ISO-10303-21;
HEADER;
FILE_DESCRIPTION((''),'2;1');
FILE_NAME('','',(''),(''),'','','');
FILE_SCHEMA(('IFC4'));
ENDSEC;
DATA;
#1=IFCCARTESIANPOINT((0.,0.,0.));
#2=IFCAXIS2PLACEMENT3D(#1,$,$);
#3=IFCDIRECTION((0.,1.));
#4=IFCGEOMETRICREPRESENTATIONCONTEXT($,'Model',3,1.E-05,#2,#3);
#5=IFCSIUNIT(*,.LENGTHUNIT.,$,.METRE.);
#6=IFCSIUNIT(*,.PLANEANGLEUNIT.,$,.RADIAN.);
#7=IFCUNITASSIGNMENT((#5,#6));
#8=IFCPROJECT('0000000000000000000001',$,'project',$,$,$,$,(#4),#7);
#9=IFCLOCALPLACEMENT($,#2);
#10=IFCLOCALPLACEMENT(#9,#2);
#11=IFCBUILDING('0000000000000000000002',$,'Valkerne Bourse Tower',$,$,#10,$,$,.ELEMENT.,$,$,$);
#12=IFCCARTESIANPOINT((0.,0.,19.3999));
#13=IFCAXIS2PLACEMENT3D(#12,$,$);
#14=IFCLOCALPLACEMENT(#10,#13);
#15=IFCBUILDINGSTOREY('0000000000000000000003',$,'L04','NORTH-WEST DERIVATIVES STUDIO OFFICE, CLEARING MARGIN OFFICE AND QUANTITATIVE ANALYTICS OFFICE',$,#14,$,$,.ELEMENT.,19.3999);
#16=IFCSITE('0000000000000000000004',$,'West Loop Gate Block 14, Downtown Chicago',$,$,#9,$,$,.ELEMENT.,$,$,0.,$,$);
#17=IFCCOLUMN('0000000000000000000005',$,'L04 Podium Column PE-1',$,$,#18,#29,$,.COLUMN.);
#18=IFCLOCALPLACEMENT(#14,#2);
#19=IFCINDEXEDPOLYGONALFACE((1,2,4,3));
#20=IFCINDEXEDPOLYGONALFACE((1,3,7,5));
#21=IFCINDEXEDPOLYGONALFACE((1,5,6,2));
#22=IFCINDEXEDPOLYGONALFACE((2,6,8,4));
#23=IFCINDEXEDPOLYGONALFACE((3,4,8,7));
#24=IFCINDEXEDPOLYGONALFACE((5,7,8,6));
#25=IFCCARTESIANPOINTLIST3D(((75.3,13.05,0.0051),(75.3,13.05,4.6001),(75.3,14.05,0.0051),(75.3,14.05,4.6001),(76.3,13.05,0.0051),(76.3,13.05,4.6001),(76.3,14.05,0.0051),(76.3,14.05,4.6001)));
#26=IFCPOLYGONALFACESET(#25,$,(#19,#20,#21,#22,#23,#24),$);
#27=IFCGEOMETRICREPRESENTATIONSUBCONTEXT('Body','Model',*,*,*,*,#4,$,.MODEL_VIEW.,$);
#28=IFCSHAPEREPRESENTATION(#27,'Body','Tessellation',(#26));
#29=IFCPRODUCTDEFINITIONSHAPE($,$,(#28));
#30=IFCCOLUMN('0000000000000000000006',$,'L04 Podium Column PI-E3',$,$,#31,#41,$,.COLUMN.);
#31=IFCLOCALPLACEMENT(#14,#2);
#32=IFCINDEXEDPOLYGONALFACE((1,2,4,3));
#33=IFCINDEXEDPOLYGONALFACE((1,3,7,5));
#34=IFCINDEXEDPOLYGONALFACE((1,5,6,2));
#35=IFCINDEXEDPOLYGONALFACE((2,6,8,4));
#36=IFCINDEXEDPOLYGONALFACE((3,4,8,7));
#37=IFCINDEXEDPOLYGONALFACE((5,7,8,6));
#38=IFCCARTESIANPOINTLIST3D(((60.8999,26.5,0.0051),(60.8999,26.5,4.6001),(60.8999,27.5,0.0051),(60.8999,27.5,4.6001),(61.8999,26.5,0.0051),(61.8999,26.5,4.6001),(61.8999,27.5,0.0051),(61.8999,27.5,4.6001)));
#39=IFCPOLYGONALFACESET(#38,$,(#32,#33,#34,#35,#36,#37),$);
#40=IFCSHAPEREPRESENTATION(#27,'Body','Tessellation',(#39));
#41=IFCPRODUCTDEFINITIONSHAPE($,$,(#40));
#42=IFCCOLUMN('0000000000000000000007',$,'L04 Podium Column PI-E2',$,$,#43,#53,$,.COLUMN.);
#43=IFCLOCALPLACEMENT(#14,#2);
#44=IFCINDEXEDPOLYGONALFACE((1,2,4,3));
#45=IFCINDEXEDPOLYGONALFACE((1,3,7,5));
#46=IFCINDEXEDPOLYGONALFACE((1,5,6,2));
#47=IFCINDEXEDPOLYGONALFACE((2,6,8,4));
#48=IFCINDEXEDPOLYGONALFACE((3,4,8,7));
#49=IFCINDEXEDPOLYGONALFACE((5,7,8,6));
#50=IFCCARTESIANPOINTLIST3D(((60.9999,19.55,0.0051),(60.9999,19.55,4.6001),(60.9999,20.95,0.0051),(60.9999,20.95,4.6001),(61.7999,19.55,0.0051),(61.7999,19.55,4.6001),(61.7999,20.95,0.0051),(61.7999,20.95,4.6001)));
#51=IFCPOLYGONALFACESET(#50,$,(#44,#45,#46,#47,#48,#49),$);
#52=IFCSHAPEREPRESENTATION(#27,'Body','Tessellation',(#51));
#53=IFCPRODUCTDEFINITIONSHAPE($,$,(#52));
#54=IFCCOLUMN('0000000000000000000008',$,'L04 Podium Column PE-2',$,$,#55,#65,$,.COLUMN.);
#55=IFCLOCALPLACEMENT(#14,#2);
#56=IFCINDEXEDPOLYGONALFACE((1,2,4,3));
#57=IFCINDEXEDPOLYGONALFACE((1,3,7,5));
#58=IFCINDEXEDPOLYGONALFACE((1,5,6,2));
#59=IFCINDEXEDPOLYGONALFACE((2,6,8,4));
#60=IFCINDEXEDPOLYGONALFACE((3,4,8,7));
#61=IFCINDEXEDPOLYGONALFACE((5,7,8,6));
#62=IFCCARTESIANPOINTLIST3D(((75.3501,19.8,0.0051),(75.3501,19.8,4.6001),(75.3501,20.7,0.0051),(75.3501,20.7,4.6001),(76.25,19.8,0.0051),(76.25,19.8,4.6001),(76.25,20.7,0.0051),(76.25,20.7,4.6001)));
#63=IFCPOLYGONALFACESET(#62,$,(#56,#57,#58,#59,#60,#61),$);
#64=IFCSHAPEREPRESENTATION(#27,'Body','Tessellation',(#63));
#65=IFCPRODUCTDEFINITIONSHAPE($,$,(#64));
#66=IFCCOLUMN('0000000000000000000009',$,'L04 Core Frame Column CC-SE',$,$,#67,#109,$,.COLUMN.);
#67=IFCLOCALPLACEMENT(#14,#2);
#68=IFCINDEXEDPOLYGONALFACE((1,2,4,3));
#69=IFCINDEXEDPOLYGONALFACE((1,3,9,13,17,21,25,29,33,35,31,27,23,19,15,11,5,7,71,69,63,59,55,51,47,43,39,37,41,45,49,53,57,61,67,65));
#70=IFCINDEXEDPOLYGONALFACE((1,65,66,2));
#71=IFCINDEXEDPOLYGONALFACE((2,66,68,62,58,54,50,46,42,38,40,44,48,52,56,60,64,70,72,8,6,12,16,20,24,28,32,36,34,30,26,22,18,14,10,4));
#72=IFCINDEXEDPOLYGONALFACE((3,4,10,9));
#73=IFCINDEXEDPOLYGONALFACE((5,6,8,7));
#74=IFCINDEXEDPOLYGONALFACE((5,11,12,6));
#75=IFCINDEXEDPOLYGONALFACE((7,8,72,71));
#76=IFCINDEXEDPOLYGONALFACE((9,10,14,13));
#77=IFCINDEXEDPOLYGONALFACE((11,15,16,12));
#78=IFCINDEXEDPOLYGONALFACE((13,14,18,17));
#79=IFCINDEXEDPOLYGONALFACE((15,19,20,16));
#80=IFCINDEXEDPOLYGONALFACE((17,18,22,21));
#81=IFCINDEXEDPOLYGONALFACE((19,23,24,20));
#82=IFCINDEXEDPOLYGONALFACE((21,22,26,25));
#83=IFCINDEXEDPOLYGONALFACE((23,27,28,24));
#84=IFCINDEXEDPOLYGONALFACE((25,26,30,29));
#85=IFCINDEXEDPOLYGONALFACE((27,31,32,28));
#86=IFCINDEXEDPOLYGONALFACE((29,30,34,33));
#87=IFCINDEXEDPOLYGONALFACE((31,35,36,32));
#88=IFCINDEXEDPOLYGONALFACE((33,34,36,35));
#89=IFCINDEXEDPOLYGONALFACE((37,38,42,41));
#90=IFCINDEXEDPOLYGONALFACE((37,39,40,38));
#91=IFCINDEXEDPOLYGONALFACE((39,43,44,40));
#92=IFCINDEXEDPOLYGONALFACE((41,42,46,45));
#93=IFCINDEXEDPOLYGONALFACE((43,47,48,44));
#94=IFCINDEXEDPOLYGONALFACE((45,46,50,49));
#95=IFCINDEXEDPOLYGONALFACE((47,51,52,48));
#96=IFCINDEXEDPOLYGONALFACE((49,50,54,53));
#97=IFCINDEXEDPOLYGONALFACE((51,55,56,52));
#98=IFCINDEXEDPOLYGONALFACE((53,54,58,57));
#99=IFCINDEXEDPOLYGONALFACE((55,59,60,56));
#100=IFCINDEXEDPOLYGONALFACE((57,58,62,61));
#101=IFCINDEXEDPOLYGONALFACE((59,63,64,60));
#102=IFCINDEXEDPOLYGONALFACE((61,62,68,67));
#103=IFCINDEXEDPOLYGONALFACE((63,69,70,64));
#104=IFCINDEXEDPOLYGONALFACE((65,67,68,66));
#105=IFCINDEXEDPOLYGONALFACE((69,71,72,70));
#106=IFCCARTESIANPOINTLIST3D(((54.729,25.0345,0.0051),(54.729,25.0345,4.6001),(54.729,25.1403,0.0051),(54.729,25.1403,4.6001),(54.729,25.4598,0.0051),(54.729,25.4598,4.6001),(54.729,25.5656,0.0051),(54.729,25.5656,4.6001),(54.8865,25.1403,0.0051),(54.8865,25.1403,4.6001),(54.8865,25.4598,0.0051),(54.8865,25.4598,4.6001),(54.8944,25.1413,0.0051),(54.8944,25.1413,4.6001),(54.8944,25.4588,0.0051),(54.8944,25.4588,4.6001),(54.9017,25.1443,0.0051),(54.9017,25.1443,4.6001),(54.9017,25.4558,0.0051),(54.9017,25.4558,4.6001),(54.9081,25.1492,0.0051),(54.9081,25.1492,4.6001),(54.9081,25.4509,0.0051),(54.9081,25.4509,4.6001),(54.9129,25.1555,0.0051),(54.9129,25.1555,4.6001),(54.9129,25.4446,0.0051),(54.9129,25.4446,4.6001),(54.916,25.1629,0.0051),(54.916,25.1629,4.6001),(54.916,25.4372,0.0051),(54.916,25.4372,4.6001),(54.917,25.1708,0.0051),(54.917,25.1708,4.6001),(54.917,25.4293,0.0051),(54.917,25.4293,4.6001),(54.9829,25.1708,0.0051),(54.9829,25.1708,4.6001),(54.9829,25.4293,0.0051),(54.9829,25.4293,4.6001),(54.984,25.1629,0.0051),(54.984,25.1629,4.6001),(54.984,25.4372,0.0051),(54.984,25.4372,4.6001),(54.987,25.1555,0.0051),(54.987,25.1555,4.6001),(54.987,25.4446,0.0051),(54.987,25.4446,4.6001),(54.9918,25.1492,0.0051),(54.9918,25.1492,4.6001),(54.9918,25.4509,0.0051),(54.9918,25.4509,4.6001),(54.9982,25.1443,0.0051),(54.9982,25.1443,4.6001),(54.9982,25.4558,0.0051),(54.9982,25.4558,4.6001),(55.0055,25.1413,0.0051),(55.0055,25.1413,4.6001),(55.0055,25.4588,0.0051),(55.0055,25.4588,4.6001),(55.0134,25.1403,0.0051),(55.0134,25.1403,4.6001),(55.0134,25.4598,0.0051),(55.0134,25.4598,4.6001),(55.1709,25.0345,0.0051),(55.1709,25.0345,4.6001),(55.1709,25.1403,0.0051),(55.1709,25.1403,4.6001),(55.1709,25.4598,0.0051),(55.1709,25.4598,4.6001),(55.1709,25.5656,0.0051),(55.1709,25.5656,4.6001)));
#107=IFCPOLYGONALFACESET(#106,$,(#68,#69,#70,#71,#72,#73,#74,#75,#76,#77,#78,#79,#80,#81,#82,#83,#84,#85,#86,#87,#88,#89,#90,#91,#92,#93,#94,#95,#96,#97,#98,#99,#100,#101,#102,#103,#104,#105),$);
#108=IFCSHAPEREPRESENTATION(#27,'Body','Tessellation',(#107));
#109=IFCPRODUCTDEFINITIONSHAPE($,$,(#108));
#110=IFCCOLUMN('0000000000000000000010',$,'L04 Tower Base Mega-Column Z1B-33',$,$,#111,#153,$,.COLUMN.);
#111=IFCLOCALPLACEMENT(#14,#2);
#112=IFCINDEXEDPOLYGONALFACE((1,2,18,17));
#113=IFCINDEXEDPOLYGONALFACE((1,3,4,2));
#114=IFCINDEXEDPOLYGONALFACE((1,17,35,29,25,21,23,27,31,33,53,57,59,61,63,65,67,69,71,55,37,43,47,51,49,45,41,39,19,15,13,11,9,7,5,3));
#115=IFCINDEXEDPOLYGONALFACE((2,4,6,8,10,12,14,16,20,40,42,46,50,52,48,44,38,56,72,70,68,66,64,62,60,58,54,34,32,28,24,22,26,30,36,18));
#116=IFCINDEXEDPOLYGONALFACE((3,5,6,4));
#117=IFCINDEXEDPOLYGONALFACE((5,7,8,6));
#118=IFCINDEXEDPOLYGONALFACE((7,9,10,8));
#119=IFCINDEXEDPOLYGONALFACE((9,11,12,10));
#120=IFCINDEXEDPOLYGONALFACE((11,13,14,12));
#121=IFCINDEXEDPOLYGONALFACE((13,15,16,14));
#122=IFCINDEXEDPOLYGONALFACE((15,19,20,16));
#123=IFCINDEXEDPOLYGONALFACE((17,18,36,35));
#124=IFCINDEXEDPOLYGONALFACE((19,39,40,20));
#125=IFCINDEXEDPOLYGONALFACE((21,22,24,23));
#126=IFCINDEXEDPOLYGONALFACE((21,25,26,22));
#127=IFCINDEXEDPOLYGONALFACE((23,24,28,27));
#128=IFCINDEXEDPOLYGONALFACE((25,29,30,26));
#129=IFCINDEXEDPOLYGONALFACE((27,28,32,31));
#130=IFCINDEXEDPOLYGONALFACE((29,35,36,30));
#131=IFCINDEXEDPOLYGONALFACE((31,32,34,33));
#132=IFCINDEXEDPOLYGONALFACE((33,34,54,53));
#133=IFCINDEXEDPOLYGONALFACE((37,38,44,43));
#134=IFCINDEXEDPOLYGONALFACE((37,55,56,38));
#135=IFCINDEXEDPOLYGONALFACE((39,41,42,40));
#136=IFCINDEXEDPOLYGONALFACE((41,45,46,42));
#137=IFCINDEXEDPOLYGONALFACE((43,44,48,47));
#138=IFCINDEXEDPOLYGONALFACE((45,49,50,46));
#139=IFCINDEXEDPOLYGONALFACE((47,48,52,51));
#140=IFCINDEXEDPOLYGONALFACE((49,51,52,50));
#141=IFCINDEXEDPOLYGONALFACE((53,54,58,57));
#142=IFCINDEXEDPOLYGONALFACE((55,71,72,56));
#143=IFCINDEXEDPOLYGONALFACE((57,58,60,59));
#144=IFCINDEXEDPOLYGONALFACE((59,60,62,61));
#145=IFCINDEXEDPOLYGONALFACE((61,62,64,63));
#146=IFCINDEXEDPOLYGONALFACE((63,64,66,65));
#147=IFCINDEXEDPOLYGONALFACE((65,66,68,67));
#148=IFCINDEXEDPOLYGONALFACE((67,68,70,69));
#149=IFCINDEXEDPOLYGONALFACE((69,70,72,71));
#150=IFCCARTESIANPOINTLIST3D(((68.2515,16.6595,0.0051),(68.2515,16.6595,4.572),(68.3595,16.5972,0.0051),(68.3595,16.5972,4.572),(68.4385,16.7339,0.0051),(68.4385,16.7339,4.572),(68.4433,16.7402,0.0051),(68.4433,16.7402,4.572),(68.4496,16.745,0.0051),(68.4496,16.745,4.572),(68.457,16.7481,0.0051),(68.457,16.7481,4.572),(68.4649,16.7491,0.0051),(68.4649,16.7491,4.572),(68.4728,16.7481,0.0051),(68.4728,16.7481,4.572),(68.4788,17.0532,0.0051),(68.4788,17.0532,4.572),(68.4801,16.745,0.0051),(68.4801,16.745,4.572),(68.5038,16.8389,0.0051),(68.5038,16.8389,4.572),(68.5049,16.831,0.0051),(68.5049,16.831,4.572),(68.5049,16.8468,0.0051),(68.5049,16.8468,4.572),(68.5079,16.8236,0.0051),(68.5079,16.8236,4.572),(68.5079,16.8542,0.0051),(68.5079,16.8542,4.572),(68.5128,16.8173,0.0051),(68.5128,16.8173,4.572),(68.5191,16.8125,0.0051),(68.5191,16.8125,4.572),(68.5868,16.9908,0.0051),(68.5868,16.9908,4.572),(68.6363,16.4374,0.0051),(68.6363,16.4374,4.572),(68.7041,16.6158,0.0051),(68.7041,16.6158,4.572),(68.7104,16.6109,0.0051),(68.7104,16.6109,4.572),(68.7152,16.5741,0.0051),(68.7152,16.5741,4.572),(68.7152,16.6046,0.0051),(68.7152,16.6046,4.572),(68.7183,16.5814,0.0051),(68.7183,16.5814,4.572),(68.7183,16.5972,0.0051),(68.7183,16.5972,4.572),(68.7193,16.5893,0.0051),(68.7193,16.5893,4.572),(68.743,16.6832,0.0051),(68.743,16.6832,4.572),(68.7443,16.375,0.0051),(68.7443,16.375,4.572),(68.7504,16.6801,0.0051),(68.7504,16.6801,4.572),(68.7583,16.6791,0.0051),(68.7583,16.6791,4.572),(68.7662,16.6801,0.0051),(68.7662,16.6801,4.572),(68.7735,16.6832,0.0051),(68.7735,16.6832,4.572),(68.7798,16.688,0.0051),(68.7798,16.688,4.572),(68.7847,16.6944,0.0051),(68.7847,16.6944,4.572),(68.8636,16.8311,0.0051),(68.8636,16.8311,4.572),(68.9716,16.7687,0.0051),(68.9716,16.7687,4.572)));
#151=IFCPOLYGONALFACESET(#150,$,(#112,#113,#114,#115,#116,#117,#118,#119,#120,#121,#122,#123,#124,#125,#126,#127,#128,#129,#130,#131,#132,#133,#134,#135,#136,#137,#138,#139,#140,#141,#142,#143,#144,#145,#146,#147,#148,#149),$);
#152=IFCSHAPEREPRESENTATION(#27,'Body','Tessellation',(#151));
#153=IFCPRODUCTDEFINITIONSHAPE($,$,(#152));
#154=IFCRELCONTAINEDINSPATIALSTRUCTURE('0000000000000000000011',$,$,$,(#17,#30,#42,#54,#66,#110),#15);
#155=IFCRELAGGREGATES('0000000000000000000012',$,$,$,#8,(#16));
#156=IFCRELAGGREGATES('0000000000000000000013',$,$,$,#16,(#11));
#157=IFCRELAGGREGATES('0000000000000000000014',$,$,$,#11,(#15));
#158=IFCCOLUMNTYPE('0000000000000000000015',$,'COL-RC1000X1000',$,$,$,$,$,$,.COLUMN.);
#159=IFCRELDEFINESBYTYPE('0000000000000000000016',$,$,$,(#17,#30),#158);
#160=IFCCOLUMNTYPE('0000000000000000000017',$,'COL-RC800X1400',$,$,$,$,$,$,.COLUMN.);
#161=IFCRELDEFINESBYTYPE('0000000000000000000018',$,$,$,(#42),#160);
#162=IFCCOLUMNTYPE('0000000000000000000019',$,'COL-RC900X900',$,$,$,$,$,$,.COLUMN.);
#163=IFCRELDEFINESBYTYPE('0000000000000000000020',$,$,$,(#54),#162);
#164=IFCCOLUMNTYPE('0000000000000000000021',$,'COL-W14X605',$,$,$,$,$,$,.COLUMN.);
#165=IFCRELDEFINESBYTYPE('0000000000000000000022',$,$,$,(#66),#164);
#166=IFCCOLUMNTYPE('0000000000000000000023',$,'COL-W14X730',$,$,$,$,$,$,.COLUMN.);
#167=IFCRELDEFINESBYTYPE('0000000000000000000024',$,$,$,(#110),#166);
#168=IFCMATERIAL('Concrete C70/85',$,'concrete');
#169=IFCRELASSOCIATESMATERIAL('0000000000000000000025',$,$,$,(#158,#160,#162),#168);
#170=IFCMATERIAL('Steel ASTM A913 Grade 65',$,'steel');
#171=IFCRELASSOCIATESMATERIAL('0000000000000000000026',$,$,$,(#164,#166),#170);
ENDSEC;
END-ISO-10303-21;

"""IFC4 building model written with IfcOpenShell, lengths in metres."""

from ifc_helpers import new_model, si_unit, direction, frame, origin, origin_2d, place, context, subcontext, project, spatial, rectangle, i_section, extrude, material, material_profile, profile_set, type_object, element, save


model = new_model("IFC4")

# Units and contexts
model_context = context("Model", 3, precision=1e-05, world=origin(), true_north=direction((0.0, 1.0)))
body_context = subcontext(model_context, "Body", "Model", "MODEL_VIEW")
ifc_project = project(units=[si_unit("LENGTHUNIT", "METRE"), si_unit("PLANEANGLEUNIT", "RADIAN")], contexts=[model_context])

# Site, building, storey
site_placement = place(None, origin())
site = spatial("IfcSite", under=ifc_project, at=site_placement, Name="West Loop Gate Block 14, Downtown Chicago", CompositionType="ELEMENT", RefElevation=0.0)
building_placement = place(site_placement, origin())
building = spatial("IfcBuilding", under=site, at=building_placement, Name="Valkerne Bourse Tower", CompositionType="ELEMENT")
storey_placement = place(building_placement, frame((0.0, 0.0, 19.3999)))
storey = spatial("IfcBuildingStorey", under=building, at=storey_placement, Name="L04", Description="NORTH-WEST DERIVATIVES STUDIO OFFICE, CLEARING MARGIN OFFICE AND QUANTITATIVE ANALYTICS OFFICE", CompositionType="ELEMENT", Elevation=19.3999)

# Columns
ifc_material_1 = material(Name="Concrete C70/85", Category="concrete")
ifc_material_profile_1 = material_profile(ifc_material_1, rectangle(XDim=1.0, YDim=1.0, at=origin_2d()), Name="RC1000X1000")
ifc_profile_set_1 = profile_set([ifc_material_profile_1], Name="Concrete C70/85")
column_type_1 = type_object("IfcColumnType", Name="COL-RC1000X1000", PredefinedType="COLUMN", material=ifc_profile_set_1)
for number, where, z_axis, x_axis, name in (
    (1, (75.8, 13.55, 0.0051), (0.0, 0.0, 1.0), (1.0, 0.0, 0.0), "L04 Podium Column PE-1"),
    (2, (61.3999, 27.0, 0.0051), (0.0, 0.0, 1.0), (1.0, 0.0, 0.0), "L04 Podium Column PI-E3"),
):
    element("IfcColumn", number, at=place(storey_placement, frame(where, z_axis=z_axis, x_axis=x_axis)), inside=storey, type_object=column_type_1, Name=name, PredefinedType="COLUMN", context=body_context, shape_type="SweptSolid", body=[
        extrude(rectangle(XDim=1.0, YDim=1.0, at=origin_2d()), origin(), (0.0, 0.0, 1.0), 4.595),
    ])
ifc_material_profile_2 = material_profile(ifc_material_1, rectangle(XDim=0.8, YDim=1.3999, at=origin_2d()), Name="RC800X1400")
ifc_profile_set_2 = profile_set([ifc_material_profile_2], Name="Concrete C70/85")
column_type_2 = type_object("IfcColumnType", Name="COL-RC800X1400", PredefinedType="COLUMN", material=ifc_profile_set_2)
column_1_placement = place(storey_placement, frame((61.3999, 20.25, 0.0051), z_axis=(0.0, 0.0, 1.0), x_axis=(1.0, 0.0, 0.0)))
element("IfcColumn", 3, at=column_1_placement, inside=storey, type_object=column_type_2, Name="L04 Podium Column PI-E2", PredefinedType="COLUMN", context=body_context, shape_type="SweptSolid", body=[
    extrude(rectangle(XDim=0.8, YDim=1.3999, at=origin_2d()), origin(), (0.0, 0.0, 1.0), 4.595),
])
ifc_material_profile_3 = material_profile(ifc_material_1, rectangle(XDim=0.8999, YDim=0.8999, at=origin_2d()), Name="RC900X900")
ifc_profile_set_3 = profile_set([ifc_material_profile_3], Name="Concrete C70/85")
column_type_3 = type_object("IfcColumnType", Name="COL-RC900X900", PredefinedType="COLUMN", material=ifc_profile_set_3)
column_2_placement = place(storey_placement, frame((75.8, 20.25, 0.0051), z_axis=(0.0, 0.0, 1.0), x_axis=(1.0, 0.0, 0.0)))
element("IfcColumn", 4, at=column_2_placement, inside=storey, type_object=column_type_3, Name="L04 Podium Column PE-2", PredefinedType="COLUMN", context=body_context, shape_type="SweptSolid", body=[
    extrude(rectangle(XDim=0.8999, YDim=0.8999, at=origin_2d()), origin(), (0.0, 0.0, 1.0), 4.595),
])
ifc_material_2 = material(Name="Steel ASTM A913 Grade 65", Category="steel")
ifc_material_profile_4 = material_profile(ifc_material_2, i_section(OverallWidth=0.4419, OverallDepth=0.531, WebThickness=0.0659, FlangeThickness=0.1057, FilletRadius=0.0305, at=origin_2d()), Name="W14X605")
ifc_profile_set_4 = profile_set([ifc_material_profile_4], Name="Steel ASTM A913 Grade 65")
column_type_4 = type_object("IfcColumnType", Name="COL-W14X605", PredefinedType="COLUMN", material=ifc_profile_set_4)
column_3_placement = place(storey_placement, frame((54.95, 25.3, 0.0051), z_axis=(0.0, 0.0, 1.0), x_axis=(1.0, 0.0, 0.0)))
element("IfcColumn", 5, at=column_3_placement, inside=storey, type_object=column_type_4, Name="L04 Core Frame Column CC-SE", PredefinedType="COLUMN", context=body_context, shape_type="SweptSolid", body=[
    extrude(i_section(OverallWidth=0.4419, OverallDepth=0.531, WebThickness=0.0659, FlangeThickness=0.1057, FilletRadius=0.0305, at=origin_2d()), origin(), (0.0, 0.0, 1.0), 4.595),
])
ifc_material_profile_5 = material_profile(ifc_material_2, i_section(OverallWidth=0.4546, OverallDepth=0.5691, WebThickness=0.0779, FlangeThickness=0.1248, FilletRadius=0.0305, at=origin_2d()), Name="W14X730")
ifc_profile_set_5 = profile_set([ifc_material_profile_5], Name="Steel ASTM A913 Grade 65")
column_type_5 = type_object("IfcColumnType", Name="COL-W14X730", PredefinedType="COLUMN", material=ifc_profile_set_5)
for number, where, z_axis, x_axis, name in (
    (6, (68.6116, 16.7141, 0.0051), (0.0, 0.0, 1.0), (0.5, 0.866025, 0.0), "L04 Tower Base Mega-Column Z1B-33"),
):
    element("IfcColumn", number, at=place(storey_placement, frame(where, z_axis=z_axis, x_axis=x_axis)), inside=storey, type_object=column_type_5, Name=name, PredefinedType="COLUMN", context=body_context, shape_type="SweptSolid", body=[
        extrude(i_section(OverallWidth=0.4546, OverallDepth=0.5691, WebThickness=0.0779, FlangeThickness=0.1248, FilletRadius=0.0305, at=origin_2d()), origin(), (0.0, 0.0, 1.0), 4.5669),
    ])

save(model, "model.ifc")
